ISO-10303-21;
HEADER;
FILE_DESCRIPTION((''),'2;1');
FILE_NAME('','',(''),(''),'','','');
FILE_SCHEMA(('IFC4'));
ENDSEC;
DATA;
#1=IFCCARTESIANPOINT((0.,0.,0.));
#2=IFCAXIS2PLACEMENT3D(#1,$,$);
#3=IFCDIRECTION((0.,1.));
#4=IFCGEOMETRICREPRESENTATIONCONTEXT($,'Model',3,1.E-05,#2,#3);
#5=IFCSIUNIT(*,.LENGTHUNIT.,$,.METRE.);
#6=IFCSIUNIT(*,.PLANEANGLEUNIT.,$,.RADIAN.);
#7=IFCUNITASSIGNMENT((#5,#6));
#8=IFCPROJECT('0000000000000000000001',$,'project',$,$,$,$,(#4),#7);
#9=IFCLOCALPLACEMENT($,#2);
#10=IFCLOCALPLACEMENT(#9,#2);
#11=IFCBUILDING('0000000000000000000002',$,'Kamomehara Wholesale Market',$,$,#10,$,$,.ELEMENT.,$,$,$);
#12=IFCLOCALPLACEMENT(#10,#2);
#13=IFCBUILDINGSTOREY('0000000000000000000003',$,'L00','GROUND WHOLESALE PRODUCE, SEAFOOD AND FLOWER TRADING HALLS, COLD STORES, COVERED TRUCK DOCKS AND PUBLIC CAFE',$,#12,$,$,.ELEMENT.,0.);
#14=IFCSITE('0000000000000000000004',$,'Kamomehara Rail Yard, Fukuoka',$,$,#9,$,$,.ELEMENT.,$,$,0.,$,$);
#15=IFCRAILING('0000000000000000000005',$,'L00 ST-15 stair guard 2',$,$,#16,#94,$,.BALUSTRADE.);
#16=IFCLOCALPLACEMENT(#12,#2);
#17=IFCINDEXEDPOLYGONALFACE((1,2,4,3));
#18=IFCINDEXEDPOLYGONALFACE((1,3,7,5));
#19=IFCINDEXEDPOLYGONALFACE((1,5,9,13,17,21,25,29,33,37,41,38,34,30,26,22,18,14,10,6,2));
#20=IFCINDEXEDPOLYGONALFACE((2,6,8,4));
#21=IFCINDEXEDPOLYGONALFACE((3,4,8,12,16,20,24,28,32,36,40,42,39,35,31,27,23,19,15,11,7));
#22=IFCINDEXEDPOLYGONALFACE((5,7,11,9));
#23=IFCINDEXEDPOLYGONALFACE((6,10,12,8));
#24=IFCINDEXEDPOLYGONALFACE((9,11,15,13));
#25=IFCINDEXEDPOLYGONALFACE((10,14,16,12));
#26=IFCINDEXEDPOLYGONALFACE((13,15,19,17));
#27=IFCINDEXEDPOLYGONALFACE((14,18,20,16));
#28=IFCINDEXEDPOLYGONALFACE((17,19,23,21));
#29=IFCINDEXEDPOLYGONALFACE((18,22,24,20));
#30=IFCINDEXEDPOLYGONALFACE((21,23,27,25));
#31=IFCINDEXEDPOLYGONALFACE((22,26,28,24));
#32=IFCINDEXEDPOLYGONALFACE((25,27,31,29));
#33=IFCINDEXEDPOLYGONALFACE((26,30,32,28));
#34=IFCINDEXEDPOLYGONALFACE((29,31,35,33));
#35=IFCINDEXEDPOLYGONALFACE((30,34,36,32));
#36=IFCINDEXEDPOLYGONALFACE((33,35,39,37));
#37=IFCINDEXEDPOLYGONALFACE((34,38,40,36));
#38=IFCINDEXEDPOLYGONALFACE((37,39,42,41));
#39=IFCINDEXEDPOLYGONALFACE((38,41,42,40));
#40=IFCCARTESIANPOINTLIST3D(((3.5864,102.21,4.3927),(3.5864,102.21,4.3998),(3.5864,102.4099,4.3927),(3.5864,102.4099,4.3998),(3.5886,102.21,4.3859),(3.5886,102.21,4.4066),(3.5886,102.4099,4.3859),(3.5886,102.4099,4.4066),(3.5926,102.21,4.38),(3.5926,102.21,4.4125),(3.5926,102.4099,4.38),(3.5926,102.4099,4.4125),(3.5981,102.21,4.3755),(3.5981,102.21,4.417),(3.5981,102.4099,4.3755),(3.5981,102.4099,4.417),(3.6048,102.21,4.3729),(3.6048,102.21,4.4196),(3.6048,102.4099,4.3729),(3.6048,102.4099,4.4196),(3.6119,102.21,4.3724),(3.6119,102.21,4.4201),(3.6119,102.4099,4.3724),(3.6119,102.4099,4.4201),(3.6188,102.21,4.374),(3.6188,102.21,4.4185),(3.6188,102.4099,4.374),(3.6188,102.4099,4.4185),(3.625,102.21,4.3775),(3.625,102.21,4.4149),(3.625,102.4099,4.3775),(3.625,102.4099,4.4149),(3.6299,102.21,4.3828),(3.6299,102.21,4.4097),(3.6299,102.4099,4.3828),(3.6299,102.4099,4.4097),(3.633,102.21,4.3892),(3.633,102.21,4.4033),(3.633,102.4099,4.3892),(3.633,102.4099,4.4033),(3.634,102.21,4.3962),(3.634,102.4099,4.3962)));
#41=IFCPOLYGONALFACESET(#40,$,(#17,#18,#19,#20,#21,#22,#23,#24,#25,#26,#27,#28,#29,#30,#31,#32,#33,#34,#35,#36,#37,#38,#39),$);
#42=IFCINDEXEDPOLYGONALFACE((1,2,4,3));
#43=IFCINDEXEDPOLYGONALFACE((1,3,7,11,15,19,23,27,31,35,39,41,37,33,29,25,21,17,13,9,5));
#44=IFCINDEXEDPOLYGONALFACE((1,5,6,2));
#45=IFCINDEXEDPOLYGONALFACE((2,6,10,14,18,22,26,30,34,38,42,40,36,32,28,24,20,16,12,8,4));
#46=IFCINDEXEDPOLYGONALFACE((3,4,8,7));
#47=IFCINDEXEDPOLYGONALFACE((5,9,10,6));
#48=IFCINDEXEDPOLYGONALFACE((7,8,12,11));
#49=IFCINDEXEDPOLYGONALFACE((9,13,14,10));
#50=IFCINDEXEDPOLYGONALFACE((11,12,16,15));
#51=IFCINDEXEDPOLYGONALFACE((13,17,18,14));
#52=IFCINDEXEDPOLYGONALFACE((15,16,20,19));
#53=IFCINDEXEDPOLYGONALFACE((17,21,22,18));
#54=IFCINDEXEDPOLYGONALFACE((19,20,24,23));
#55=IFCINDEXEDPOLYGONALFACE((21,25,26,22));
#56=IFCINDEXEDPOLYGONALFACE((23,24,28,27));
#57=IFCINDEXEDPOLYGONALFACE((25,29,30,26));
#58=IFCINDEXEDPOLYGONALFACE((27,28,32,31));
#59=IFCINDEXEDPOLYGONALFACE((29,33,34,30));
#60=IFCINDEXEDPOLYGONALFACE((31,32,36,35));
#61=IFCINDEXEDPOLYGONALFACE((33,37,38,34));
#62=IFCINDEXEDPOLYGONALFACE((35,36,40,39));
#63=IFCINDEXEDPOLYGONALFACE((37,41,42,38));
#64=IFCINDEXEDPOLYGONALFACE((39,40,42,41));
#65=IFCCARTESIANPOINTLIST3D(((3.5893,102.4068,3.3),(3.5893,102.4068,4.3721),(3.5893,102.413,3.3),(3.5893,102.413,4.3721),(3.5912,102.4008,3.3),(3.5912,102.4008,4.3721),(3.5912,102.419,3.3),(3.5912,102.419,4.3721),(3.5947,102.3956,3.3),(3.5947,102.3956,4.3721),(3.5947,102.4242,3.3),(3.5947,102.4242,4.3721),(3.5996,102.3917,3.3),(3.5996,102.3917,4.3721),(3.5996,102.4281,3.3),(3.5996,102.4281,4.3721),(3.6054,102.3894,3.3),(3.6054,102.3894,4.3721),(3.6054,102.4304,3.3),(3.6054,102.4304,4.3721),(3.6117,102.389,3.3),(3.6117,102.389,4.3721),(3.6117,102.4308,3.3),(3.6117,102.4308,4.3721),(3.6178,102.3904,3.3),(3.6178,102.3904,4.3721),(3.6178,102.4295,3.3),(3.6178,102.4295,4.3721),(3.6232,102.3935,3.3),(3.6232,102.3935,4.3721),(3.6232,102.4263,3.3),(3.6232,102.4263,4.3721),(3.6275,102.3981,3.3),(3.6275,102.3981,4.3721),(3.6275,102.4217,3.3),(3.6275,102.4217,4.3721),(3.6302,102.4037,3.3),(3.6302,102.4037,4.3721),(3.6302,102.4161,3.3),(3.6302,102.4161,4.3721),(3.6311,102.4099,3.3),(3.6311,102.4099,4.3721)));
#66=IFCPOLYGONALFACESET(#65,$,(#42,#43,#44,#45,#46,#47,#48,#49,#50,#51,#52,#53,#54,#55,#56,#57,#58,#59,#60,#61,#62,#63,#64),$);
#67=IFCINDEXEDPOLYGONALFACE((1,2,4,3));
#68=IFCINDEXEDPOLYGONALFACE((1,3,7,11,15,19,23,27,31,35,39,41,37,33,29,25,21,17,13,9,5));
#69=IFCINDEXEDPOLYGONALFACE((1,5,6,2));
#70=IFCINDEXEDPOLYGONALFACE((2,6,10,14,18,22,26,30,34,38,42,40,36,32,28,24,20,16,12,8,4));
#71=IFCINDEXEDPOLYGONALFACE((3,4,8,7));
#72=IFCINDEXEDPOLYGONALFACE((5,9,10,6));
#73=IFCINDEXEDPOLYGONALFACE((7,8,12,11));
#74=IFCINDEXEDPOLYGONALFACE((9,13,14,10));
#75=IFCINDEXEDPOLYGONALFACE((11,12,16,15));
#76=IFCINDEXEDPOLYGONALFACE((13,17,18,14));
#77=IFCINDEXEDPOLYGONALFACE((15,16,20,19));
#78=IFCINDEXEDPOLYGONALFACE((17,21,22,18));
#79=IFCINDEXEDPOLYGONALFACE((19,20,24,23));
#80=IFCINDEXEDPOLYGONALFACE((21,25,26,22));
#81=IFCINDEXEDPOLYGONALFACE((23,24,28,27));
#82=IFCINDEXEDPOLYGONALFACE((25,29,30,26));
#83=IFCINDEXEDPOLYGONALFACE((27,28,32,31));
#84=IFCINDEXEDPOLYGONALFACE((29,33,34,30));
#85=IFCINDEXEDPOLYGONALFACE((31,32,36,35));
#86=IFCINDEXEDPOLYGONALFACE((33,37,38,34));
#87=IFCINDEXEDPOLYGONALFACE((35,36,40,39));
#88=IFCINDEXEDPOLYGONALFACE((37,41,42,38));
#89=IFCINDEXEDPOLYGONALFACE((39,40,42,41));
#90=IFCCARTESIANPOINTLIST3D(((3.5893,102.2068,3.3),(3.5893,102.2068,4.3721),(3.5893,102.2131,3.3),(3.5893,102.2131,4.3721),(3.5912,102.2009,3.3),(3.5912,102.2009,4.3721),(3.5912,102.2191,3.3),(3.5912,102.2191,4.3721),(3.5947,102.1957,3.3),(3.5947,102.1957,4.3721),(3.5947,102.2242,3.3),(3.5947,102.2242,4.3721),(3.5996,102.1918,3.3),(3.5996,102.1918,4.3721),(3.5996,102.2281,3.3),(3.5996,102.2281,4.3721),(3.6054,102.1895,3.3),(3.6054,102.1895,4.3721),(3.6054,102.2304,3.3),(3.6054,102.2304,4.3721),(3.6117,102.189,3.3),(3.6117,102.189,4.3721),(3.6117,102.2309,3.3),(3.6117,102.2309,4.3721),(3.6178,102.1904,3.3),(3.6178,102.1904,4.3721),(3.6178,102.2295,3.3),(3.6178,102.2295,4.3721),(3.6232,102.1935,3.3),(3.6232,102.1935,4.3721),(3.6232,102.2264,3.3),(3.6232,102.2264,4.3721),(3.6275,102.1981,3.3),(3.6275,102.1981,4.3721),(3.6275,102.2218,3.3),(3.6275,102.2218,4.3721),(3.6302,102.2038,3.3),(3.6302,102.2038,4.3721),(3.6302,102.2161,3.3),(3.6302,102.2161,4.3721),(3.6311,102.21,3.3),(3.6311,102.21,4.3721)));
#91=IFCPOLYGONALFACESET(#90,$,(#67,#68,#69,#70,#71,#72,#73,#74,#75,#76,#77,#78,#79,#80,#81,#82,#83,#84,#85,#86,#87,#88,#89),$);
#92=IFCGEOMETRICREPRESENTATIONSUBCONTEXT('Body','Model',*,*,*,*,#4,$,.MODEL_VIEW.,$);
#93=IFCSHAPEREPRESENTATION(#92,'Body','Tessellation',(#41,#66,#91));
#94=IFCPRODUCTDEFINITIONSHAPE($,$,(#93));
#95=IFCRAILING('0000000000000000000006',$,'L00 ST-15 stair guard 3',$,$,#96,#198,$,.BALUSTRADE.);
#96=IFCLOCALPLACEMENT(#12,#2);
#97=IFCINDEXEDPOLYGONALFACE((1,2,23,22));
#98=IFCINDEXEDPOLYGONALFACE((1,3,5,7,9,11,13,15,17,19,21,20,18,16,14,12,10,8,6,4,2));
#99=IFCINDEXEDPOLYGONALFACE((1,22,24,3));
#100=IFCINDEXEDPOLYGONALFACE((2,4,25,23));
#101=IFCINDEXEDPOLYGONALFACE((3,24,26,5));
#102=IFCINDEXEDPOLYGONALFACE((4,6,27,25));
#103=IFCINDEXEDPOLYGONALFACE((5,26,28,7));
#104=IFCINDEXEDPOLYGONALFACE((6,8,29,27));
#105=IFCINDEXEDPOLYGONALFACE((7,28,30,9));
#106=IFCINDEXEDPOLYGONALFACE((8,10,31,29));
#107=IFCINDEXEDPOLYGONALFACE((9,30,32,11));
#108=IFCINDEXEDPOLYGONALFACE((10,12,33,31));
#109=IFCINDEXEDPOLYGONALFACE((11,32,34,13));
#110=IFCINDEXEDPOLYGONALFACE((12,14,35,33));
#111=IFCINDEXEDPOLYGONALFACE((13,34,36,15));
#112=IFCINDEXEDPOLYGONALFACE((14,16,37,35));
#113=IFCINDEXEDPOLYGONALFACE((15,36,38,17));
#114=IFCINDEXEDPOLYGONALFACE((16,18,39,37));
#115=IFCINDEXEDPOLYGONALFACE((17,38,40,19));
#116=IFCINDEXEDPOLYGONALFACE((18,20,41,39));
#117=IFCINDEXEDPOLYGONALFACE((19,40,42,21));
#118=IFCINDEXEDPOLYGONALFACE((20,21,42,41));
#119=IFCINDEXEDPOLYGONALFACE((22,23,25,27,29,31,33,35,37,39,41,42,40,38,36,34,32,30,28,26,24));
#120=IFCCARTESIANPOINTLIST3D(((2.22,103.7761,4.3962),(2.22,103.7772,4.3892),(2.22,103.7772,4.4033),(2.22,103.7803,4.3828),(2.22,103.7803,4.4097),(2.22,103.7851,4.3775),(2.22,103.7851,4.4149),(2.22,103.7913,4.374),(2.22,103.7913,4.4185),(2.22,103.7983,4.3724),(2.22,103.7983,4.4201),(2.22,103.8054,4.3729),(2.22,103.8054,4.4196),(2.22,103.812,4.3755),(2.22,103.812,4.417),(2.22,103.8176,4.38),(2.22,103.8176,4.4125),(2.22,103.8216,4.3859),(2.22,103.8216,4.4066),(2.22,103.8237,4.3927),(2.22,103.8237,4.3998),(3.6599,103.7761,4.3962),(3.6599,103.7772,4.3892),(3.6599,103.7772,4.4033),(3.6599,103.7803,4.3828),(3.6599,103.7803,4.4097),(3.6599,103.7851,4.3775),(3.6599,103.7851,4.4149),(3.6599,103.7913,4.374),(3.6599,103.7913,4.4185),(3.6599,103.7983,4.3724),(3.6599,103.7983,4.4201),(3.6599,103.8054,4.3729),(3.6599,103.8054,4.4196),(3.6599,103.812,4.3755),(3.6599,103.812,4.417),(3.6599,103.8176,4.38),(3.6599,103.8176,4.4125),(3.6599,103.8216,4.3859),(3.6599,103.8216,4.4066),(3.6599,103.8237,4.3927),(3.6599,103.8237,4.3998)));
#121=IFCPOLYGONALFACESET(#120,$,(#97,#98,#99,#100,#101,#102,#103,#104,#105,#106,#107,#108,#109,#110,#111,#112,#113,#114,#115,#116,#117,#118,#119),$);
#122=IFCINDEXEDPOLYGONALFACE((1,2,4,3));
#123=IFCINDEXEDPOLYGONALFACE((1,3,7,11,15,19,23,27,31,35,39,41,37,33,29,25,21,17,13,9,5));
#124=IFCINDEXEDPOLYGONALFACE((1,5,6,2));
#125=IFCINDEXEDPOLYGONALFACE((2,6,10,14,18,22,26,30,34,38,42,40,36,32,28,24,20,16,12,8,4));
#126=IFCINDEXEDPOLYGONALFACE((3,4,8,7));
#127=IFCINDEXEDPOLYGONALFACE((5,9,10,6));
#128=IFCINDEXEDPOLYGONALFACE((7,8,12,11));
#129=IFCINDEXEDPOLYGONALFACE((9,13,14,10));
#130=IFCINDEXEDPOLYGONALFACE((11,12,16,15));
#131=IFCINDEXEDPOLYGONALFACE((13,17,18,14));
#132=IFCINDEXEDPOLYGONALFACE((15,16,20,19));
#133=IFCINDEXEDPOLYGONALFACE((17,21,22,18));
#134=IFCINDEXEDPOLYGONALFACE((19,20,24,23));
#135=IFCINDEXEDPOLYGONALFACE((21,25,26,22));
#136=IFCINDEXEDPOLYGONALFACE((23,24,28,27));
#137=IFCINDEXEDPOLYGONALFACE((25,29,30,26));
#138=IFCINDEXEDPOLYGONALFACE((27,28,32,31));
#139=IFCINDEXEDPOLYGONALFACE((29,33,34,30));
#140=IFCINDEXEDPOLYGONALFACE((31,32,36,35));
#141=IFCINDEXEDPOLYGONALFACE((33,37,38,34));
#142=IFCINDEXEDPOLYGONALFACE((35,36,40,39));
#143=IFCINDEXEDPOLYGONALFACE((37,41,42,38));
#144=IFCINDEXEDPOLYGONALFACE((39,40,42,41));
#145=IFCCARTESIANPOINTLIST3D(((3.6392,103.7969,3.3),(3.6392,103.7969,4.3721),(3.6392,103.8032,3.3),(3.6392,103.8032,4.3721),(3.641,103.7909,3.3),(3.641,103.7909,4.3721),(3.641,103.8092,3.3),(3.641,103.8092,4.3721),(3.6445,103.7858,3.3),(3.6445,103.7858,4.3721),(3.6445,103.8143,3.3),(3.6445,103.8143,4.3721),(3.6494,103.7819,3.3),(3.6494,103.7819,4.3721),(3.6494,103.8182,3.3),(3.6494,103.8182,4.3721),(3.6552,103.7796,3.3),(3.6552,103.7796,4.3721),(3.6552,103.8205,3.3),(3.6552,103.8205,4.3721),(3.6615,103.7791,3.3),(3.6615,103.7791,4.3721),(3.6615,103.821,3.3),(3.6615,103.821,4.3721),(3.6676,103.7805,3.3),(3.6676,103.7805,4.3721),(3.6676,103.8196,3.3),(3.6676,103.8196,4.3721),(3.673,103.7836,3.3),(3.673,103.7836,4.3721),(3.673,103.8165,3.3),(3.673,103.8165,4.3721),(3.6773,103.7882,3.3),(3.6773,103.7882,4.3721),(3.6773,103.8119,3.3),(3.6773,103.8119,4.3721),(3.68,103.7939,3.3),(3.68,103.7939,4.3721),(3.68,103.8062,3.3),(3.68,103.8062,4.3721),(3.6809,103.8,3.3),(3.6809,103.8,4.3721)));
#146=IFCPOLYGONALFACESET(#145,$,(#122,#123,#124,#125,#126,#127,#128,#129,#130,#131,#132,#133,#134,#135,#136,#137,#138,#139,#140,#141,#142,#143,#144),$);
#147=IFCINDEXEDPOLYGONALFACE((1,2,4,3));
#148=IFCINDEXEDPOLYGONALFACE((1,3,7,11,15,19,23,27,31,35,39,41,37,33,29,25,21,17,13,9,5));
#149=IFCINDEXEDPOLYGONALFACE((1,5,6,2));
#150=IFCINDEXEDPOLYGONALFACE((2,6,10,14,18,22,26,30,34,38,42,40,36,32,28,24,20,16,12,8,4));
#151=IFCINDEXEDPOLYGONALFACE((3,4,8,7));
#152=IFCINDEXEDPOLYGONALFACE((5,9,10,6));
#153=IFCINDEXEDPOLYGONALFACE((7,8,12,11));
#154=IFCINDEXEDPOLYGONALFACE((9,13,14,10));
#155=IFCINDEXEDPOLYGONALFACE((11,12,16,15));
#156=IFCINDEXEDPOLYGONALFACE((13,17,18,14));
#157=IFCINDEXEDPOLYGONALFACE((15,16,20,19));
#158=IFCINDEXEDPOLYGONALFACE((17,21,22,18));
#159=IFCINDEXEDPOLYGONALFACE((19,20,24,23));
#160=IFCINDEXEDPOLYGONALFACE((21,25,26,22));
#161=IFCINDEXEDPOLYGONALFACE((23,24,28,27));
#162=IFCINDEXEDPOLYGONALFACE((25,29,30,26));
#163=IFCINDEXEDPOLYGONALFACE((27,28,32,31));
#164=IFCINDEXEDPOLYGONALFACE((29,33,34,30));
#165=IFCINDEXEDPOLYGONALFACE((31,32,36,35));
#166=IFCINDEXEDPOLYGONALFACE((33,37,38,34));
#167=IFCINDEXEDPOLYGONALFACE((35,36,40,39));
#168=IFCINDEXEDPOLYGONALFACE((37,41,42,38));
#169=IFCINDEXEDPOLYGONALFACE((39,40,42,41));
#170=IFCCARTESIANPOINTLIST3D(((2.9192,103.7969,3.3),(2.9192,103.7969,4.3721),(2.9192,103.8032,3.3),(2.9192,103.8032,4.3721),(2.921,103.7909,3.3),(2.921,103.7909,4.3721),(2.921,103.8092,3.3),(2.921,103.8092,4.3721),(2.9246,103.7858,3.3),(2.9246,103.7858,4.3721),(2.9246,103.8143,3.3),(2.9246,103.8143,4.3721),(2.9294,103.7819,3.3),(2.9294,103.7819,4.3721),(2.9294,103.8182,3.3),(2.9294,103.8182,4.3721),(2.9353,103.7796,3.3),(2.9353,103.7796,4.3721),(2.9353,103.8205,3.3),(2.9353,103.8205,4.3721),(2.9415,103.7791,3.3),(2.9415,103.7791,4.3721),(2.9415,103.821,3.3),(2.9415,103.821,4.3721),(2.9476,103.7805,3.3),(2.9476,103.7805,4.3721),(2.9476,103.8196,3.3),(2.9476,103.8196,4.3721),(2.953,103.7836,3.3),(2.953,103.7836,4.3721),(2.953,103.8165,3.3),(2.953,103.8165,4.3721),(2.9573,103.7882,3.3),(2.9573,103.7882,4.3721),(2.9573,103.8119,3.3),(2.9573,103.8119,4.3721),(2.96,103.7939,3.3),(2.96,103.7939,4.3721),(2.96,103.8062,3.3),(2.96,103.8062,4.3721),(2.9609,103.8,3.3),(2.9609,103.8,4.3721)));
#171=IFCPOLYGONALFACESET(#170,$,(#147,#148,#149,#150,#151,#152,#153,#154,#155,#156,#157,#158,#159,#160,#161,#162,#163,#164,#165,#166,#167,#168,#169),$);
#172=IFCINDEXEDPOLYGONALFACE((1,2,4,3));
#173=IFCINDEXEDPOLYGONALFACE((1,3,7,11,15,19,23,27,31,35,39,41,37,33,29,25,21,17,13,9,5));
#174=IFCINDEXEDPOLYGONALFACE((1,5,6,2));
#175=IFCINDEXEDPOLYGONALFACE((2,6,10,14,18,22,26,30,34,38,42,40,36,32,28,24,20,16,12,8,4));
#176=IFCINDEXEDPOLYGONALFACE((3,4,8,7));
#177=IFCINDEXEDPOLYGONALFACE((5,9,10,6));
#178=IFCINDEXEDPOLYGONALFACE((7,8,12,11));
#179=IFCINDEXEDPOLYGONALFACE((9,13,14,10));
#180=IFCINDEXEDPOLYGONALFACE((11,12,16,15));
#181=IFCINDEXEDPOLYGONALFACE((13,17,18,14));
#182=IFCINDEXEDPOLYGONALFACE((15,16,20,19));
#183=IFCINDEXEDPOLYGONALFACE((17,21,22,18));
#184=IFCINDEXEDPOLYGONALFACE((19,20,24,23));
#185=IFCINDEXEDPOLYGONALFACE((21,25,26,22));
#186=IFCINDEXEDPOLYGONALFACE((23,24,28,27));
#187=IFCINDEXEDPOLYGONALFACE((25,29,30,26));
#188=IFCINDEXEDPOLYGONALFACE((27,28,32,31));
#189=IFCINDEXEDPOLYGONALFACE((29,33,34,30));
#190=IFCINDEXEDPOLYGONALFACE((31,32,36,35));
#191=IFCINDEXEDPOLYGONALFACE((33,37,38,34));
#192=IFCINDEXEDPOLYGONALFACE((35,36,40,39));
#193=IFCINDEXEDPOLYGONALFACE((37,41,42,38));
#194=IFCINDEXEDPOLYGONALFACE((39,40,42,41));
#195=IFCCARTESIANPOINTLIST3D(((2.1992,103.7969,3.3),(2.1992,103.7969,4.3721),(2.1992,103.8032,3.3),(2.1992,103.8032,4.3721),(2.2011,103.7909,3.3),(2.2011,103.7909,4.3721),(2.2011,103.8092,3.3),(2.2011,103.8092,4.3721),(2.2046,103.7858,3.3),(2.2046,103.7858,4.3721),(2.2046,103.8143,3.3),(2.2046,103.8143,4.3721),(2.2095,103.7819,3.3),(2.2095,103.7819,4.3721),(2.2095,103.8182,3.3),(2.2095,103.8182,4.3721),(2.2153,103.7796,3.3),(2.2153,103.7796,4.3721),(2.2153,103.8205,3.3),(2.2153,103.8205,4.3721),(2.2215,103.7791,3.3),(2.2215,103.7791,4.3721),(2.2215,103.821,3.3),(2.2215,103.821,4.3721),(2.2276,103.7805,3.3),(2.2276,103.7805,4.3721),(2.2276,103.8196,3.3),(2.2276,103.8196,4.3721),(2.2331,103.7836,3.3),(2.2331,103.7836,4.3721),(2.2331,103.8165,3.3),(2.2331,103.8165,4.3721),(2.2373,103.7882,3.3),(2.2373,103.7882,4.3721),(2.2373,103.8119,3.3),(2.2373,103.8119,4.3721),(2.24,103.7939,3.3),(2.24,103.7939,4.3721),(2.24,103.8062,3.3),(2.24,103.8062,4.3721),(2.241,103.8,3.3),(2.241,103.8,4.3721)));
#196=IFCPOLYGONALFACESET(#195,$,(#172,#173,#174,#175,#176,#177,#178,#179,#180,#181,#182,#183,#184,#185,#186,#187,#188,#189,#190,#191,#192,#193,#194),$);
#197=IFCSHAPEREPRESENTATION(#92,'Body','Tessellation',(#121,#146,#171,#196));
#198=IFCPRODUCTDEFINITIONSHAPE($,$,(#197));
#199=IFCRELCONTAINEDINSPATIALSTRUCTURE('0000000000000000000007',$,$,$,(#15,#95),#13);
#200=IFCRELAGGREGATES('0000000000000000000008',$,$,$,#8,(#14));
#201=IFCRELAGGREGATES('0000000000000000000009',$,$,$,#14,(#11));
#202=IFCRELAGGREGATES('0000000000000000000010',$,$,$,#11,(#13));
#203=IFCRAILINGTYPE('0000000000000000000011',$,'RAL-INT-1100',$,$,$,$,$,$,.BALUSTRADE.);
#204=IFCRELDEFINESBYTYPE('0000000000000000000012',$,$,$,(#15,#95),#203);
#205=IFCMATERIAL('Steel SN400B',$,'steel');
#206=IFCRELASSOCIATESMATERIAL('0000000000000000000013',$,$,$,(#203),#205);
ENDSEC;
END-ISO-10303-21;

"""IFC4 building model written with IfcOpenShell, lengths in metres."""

from ifc_helpers import new_model, si_unit, direction, frame, origin, origin_2d, place, context, subcontext, project, spatial, circle, extrude, material, type_object, element, save


model = new_model("IFC4")

# Units and contexts
model_context = context("Model", 3, precision=1e-05, world=origin(), true_north=direction((0.0, 1.0)))
body_context = subcontext(model_context, "Body", "Model", "MODEL_VIEW")
ifc_project = project(units=[si_unit("LENGTHUNIT", "METRE"), si_unit("PLANEANGLEUNIT", "RADIAN")], contexts=[model_context])

# Site, building, storey
site_placement = place(None, origin())
site = spatial("IfcSite", under=ifc_project, at=site_placement, Name="Kamomehara Rail Yard, Fukuoka", CompositionType="ELEMENT", RefElevation=0.0)
building_placement = place(site_placement, origin())
building = spatial("IfcBuilding", under=site, at=building_placement, Name="Kamomehara Wholesale Market", CompositionType="ELEMENT")
storey_placement = place(building_placement, origin())
storey = spatial("IfcBuildingStorey", under=building, at=storey_placement, Name="L00", Description="GROUND WHOLESALE PRODUCE, SEAFOOD AND FLOWER TRADING HALLS, COLD STORES, COVERED TRUCK DOCKS AND PUBLIC CAFE", CompositionType="ELEMENT", Elevation=0.0)

# Railings
ifc_material_1 = material(Name="Steel SN400B", Category="steel")
railing_type_1 = type_object("IfcRailingType", Name="RAL-INT-1100", PredefinedType="BALUSTRADE", material=ifc_material_1)
railing_1_placement = place(storey_placement, frame((3.6101, 102.4099, 3.3)))
element("IfcRailing", 1, at=railing_1_placement, inside=storey, type_object=railing_type_1, Name="L00 ST-15 stair guard 2", PredefinedType="BALUSTRADE", context=body_context, shape_type="SweptSolid", body=[
    extrude(circle(Radius=0.0239, at=origin_2d()), frame((0.0, 0.0, 1.0962), z_axis=(0.0, -1.0, 0.0), x_axis=(1.0, 0.0, 0.0)), (0.0, 0.0, 1.0), 0.2),
    extrude(circle(Radius=0.021, at=origin_2d()), origin(), (0.0, 0.0, 1.0), 1.072),
    extrude(circle(Radius=0.021, at=origin_2d()), frame((0.0, -0.2, 0.0)), (0.0, 0.0, 1.0), 1.072),
])
for number, where, name in (
    (2, (3.6599, 103.8, 3.3), "L00 ST-15 stair guard 3"),
):
    element("IfcRailing", number, at=place(storey_placement, frame(where)), inside=storey, type_object=railing_type_1, Name=name, PredefinedType="BALUSTRADE", context=body_context, shape_type="SweptSolid", body=[
        extrude(circle(Radius=0.0239, at=origin_2d()), frame((0.0, 0.0, 1.0962), z_axis=(-1.0, 0.0, 0.0), x_axis=(0.0, -1.0, 0.0)), (0.0, 0.0, 1.0), 1.4399),
        extrude(circle(Radius=0.021, at=origin_2d()), origin(), (0.0, 0.0, 1.0), 1.072),
        extrude(circle(Radius=0.021, at=origin_2d()), frame((-0.72, 0.0, 0.0)), (0.0, 0.0, 1.0), 1.072),
        extrude(circle(Radius=0.021, at=origin_2d()), frame((-1.4399, 0.0, 0.0)), (0.0, 0.0, 1.0), 1.072),
    ])

save(model, "model.ifc")
